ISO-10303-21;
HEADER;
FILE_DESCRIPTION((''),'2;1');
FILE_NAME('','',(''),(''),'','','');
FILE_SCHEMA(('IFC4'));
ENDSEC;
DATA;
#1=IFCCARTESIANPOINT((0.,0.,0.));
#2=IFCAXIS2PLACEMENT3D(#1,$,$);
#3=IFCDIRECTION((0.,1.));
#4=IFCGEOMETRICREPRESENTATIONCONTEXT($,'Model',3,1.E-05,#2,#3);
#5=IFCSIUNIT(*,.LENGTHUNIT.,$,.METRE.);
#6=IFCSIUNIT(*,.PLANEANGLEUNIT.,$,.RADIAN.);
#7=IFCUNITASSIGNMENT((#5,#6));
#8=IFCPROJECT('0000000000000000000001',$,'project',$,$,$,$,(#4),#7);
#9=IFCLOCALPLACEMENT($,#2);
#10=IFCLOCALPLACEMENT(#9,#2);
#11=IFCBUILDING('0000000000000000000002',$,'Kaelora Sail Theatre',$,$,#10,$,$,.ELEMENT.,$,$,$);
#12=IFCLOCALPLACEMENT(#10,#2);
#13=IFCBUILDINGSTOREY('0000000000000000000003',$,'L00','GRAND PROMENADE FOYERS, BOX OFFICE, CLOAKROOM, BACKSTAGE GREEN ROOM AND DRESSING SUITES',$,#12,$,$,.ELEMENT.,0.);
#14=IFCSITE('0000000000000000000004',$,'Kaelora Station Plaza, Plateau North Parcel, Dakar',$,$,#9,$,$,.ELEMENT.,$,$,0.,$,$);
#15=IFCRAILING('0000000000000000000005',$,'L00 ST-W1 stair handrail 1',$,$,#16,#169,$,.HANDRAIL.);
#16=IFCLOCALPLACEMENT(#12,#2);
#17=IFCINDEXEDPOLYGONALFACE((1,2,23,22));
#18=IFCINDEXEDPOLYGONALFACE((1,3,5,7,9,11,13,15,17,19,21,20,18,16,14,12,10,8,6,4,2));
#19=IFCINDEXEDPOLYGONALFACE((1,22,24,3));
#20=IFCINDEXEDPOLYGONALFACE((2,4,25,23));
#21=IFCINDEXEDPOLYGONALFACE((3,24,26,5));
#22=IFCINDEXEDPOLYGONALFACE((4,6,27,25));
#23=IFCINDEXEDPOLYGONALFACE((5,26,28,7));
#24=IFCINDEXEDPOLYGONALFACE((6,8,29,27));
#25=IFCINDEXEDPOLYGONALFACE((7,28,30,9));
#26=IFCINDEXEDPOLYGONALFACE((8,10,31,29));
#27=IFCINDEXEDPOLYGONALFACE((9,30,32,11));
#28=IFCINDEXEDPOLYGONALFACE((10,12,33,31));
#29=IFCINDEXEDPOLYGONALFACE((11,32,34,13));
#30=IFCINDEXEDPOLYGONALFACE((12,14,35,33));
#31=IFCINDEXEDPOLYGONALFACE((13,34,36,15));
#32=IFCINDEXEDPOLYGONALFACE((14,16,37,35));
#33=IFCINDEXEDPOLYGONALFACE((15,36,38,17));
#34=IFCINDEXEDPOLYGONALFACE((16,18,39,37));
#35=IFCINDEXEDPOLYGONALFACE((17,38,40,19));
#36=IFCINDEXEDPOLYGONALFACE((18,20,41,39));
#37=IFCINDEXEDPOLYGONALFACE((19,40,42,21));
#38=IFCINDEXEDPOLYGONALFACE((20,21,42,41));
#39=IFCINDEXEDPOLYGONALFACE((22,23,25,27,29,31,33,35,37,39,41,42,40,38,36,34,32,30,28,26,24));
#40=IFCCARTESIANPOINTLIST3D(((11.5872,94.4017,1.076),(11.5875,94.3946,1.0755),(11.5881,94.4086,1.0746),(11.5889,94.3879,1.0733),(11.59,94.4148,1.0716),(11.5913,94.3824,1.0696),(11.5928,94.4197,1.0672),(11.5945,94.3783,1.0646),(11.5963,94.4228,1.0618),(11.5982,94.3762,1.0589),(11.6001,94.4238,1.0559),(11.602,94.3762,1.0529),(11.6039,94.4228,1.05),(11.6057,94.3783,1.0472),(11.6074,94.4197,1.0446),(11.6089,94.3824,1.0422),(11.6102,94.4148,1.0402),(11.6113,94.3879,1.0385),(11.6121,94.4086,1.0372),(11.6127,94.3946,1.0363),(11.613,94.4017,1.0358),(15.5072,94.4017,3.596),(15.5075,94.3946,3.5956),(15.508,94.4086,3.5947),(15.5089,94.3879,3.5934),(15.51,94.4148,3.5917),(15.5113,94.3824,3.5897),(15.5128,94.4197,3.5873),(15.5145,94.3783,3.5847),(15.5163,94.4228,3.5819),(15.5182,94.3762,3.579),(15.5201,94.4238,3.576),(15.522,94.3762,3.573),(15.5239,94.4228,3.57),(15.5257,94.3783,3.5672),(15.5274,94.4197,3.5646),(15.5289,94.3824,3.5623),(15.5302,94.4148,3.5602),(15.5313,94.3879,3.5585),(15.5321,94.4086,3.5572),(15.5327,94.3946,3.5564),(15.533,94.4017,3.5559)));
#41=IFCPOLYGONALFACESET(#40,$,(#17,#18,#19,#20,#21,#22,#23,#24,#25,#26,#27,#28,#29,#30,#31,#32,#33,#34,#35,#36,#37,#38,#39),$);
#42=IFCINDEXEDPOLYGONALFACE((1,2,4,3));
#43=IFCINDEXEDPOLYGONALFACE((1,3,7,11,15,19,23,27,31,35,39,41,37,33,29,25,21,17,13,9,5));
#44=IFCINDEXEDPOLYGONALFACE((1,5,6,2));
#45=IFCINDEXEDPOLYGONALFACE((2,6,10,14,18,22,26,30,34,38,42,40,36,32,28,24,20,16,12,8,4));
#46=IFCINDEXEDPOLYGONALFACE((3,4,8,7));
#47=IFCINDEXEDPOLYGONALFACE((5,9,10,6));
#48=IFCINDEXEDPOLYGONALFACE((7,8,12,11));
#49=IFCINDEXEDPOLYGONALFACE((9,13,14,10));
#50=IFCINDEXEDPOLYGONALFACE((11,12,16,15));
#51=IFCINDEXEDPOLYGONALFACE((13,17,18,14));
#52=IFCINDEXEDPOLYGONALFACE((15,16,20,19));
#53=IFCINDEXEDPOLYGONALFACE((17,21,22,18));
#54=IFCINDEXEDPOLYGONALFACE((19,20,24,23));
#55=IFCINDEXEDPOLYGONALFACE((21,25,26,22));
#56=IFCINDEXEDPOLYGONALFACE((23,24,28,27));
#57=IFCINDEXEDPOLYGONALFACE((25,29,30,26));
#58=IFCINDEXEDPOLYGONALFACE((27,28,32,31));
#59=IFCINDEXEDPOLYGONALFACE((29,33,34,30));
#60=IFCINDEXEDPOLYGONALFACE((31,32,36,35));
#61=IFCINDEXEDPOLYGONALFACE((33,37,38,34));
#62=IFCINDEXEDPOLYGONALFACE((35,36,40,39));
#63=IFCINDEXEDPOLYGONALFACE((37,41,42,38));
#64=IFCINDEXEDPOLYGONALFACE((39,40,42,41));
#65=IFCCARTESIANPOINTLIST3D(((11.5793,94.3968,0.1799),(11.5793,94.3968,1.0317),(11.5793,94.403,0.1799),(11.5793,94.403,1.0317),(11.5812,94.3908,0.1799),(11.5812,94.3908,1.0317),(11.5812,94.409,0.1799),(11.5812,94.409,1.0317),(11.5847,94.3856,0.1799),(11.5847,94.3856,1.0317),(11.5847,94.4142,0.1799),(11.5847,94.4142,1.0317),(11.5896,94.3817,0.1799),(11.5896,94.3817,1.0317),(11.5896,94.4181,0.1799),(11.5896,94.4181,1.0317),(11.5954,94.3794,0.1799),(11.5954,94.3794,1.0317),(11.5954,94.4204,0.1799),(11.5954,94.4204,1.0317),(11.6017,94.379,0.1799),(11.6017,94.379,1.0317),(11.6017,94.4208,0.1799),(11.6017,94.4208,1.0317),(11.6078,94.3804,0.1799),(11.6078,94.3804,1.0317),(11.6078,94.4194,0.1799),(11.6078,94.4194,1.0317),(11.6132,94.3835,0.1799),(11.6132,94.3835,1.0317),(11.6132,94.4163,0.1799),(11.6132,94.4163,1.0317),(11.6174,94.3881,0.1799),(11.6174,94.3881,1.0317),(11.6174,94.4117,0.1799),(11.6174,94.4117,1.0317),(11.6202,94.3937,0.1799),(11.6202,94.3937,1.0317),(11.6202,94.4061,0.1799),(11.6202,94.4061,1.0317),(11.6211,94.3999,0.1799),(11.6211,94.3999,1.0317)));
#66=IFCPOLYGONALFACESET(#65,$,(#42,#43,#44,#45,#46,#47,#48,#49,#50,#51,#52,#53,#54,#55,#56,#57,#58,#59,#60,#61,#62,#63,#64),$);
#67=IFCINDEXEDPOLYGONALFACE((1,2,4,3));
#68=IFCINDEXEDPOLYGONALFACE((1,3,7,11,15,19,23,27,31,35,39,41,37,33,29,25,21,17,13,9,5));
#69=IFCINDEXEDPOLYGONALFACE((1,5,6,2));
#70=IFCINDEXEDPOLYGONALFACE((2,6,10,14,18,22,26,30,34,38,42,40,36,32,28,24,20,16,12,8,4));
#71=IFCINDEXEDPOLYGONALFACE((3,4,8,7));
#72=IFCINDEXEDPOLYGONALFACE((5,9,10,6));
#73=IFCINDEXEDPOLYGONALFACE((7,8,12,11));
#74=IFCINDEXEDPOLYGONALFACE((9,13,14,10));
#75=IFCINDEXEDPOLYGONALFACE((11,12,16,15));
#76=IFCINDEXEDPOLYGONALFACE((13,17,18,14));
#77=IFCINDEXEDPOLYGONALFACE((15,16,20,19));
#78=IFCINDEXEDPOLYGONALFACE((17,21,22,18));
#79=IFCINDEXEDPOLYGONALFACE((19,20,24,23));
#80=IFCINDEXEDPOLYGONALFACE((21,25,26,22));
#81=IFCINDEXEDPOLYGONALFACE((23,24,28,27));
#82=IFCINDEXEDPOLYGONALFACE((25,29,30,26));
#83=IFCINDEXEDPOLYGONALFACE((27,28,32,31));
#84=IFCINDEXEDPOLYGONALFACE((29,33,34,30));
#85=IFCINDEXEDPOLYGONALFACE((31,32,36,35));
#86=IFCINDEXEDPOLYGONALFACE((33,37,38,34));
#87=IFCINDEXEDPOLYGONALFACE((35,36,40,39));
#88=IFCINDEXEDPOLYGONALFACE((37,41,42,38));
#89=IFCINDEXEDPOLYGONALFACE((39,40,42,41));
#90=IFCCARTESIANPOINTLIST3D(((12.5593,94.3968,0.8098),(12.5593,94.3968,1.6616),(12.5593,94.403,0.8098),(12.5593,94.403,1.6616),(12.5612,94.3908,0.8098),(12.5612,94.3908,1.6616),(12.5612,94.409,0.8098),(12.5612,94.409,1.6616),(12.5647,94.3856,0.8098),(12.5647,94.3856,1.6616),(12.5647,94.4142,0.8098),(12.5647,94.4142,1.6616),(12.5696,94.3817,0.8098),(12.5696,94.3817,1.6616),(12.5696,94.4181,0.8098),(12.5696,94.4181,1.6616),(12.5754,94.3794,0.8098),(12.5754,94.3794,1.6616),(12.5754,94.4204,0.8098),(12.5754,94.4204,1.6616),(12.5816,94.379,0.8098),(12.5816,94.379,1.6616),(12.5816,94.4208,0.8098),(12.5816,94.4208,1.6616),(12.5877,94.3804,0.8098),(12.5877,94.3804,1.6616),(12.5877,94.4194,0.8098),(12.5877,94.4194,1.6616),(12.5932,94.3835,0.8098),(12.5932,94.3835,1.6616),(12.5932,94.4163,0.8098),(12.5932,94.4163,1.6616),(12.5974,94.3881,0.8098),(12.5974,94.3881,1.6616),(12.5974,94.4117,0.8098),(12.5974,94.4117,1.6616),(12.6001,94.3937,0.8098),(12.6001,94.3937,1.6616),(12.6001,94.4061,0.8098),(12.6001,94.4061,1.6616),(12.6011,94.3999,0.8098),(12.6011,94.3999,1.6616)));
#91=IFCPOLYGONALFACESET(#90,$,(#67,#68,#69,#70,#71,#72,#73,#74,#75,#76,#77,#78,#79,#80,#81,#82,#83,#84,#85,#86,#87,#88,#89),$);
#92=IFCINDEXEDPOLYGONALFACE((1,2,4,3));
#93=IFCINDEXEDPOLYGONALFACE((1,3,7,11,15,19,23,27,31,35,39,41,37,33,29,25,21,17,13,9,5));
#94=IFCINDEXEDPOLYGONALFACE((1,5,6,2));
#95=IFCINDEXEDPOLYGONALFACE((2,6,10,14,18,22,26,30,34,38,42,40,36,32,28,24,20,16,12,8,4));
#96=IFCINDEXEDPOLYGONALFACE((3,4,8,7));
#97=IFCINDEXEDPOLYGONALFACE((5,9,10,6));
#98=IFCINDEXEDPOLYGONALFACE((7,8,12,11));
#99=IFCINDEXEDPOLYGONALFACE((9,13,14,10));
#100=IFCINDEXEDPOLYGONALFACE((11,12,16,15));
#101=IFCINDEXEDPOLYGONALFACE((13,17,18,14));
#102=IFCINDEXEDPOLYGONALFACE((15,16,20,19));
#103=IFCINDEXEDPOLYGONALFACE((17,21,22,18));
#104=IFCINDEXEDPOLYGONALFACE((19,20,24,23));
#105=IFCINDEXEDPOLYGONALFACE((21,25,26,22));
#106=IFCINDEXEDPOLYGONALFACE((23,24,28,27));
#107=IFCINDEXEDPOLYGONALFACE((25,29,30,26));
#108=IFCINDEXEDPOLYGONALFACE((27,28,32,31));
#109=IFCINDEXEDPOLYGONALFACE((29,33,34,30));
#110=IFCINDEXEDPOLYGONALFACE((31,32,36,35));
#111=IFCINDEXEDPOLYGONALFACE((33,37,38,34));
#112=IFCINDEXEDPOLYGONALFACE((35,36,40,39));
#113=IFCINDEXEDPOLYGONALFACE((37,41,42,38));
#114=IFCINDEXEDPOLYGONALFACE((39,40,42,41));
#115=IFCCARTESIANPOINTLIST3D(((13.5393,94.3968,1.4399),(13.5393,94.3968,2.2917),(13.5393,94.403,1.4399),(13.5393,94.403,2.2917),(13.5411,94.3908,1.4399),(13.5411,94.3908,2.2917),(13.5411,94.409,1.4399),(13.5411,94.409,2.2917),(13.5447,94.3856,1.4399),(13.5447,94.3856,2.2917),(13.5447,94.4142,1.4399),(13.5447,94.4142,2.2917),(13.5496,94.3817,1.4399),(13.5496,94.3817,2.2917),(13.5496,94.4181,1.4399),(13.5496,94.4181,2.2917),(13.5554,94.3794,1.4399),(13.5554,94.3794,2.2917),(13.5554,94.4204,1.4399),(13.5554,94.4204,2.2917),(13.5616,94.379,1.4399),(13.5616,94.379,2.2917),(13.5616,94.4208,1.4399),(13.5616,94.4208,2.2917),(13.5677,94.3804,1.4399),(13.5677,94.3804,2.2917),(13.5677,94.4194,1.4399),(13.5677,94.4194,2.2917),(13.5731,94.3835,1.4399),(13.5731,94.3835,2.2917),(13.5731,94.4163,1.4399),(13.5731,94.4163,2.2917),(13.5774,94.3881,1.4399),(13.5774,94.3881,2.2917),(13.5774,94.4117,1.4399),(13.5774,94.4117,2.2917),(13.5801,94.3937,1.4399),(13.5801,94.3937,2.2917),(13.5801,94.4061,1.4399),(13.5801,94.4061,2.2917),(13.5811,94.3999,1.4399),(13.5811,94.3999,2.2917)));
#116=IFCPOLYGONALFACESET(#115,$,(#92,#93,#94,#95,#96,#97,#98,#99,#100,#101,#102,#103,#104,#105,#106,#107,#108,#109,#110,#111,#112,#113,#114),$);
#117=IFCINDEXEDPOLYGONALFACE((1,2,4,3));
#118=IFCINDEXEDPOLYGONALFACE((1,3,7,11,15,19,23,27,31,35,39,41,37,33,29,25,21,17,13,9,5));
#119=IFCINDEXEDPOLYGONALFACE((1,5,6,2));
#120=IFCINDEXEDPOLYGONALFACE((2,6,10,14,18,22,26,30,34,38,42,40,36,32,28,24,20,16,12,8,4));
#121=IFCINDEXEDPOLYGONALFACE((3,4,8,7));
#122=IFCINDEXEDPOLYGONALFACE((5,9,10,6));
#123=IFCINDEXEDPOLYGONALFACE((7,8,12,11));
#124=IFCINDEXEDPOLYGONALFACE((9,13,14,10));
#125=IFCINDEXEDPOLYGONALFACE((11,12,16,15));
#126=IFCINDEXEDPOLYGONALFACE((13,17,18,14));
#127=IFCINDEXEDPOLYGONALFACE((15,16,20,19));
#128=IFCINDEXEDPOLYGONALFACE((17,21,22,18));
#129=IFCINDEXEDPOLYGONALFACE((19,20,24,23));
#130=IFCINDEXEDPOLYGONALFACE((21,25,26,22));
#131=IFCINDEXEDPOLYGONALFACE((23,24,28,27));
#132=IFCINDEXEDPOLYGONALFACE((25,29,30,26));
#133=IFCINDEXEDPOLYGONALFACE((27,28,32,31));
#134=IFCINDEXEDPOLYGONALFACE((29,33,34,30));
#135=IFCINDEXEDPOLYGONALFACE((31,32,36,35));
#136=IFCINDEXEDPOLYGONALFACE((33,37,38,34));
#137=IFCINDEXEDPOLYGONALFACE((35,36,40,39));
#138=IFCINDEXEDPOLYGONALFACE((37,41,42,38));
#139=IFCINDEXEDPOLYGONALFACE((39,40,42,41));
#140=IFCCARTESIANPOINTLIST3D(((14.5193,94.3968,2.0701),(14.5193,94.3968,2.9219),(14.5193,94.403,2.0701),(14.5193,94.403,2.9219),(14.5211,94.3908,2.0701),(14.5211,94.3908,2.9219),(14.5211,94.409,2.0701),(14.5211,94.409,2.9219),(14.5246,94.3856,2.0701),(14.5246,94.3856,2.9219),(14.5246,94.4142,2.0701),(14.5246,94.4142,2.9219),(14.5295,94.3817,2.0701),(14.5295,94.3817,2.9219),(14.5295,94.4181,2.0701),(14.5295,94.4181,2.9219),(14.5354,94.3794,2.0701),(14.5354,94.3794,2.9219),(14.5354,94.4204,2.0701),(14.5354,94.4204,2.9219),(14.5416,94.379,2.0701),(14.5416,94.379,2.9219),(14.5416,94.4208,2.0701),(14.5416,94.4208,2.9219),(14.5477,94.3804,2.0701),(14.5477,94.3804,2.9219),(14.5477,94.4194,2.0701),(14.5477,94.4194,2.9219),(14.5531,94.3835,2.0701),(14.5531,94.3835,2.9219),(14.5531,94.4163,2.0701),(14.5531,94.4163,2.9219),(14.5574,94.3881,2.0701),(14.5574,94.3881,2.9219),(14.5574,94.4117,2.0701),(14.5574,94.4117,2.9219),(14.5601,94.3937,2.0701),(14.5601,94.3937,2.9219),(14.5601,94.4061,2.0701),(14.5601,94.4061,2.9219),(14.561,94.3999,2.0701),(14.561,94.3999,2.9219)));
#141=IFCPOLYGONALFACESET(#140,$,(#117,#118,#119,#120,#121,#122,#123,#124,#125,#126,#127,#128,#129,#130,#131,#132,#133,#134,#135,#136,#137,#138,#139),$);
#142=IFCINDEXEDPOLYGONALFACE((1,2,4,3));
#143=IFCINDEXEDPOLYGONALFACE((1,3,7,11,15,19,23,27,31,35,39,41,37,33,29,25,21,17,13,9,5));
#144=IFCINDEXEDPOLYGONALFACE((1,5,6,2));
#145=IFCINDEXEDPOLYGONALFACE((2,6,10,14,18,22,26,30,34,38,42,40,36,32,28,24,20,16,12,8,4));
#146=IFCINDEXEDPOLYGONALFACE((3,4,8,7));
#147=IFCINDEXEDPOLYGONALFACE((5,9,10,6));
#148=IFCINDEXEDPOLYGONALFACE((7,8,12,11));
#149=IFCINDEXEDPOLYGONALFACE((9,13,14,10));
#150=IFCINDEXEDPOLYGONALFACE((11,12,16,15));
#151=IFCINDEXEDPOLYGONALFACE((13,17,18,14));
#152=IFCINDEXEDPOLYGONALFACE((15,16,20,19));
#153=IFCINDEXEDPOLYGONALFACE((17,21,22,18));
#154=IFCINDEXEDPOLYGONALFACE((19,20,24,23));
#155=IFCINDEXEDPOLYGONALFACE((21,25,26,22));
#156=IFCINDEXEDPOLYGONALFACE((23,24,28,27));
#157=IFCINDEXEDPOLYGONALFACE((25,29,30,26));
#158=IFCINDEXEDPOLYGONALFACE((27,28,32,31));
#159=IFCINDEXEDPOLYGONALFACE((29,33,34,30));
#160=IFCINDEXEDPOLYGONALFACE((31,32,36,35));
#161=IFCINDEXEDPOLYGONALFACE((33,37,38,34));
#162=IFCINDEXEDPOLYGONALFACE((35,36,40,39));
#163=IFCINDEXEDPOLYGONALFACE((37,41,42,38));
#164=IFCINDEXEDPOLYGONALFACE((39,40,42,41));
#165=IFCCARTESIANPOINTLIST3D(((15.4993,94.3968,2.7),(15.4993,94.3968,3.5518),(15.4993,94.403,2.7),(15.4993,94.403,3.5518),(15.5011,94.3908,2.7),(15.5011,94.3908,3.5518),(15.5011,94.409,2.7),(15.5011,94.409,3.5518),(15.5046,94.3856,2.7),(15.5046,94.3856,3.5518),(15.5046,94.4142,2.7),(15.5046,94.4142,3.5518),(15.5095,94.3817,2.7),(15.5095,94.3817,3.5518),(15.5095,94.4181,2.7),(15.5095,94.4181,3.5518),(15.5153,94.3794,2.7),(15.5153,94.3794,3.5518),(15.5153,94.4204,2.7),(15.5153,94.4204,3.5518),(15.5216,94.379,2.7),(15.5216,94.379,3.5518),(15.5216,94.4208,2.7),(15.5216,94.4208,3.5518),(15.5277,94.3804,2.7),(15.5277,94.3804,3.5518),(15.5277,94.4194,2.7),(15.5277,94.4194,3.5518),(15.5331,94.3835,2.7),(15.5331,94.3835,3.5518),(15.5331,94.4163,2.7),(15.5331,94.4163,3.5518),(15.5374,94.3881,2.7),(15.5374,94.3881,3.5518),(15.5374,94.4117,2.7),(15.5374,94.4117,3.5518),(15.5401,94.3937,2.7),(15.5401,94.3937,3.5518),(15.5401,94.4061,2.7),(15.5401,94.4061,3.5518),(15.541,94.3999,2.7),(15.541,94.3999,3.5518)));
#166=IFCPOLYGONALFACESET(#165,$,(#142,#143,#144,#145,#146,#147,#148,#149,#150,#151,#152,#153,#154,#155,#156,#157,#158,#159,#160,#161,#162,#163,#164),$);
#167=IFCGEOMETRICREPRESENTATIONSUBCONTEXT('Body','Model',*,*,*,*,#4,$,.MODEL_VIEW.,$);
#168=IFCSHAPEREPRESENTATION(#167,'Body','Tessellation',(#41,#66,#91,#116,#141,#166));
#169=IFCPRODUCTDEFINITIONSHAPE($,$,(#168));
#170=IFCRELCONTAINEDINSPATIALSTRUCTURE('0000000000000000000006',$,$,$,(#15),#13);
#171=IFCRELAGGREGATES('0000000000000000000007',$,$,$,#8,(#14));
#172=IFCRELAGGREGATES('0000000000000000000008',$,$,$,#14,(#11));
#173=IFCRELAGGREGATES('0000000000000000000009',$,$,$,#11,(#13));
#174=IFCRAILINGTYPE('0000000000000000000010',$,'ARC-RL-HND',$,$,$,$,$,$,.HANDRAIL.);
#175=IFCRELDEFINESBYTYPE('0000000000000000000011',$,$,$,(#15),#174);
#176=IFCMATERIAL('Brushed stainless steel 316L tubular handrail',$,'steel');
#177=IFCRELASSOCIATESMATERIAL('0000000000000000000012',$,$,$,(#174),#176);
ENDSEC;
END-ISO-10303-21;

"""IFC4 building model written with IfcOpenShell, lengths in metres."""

from ifc_helpers import new_model, si_unit, direction, frame, origin, origin_2d, place, context, subcontext, project, spatial, circle, extrude, material, type_object, element, save


model = new_model("IFC4")

# Units and contexts
model_context = context("Model", 3, precision=1e-05, world=origin(), true_north=direction((0.0, 1.0)))
body_context = subcontext(model_context, "Body", "Model", "MODEL_VIEW")
ifc_project = project(units=[si_unit("LENGTHUNIT", "METRE"), si_unit("PLANEANGLEUNIT", "RADIAN")], contexts=[model_context])

# Site, building, storey
site_placement = place(None, origin())
site = spatial("IfcSite", under=ifc_project, at=site_placement, Name="Kaelora Station Plaza, Plateau North Parcel, Dakar", CompositionType="ELEMENT", RefElevation=0.0)
building_placement = place(site_placement, origin())
building = spatial("IfcBuilding", under=site, at=building_placement, Name="Kaelora Sail Theatre", CompositionType="ELEMENT")
storey_placement = place(building_placement, origin())
storey = spatial("IfcBuildingStorey", under=building, at=storey_placement, Name="L00", Description="GRAND PROMENADE FOYERS, BOX OFFICE, CLOAKROOM, BACKSTAGE GREEN ROOM AND DRESSING SUITES", CompositionType="ELEMENT", Elevation=0.0)

# Railing
ifc_material_1 = material(Name="Brushed stainless steel 316L tubular handrail", Category="steel")
railing_type_1 = type_object("IfcRailingType", Name="ARC-RL-HND", PredefinedType="HANDRAIL", material=ifc_material_1)
railing_1_placement = place(storey_placement, frame((11.6001, 94.3999, 0.1799)))
element("IfcRailing", 1, at=railing_1_placement, inside=storey, type_object=railing_type_1, Name="L00 ST-W1 stair handrail 1", PredefinedType="HANDRAIL", context=body_context, shape_type="SweptSolid", body=[
    extrude(circle(Radius=0.0239, at=origin_2d()), frame((0.0, 0.0, 0.876), z_axis=(0.841172, 0.0, 0.540768), x_axis=(0.0, 1.0, 0.0)), (0.0, 0.0, 1.0), 4.6602),
    extrude(circle(Radius=0.021, at=origin_2d()), origin(), (0.0, 0.0, 1.0), 0.8518),
    extrude(circle(Radius=0.021, at=origin_2d()), frame((0.98, 0.0, 0.6299)), (0.0, 0.0, 1.0), 0.8518),
    extrude(circle(Radius=0.021, at=origin_2d()), frame((1.96, 0.0, 1.26)), (0.0, 0.0, 1.0), 0.8518),
    extrude(circle(Radius=0.021, at=origin_2d()), frame((2.9399, 0.0, 1.8901)), (0.0, 0.0, 1.0), 0.8518),
    extrude(circle(Radius=0.021, at=origin_2d()), frame((3.9199, 0.0, 2.52)), (0.0, 0.0, 1.0), 0.8518),
])

save(model, "model.ifc")
